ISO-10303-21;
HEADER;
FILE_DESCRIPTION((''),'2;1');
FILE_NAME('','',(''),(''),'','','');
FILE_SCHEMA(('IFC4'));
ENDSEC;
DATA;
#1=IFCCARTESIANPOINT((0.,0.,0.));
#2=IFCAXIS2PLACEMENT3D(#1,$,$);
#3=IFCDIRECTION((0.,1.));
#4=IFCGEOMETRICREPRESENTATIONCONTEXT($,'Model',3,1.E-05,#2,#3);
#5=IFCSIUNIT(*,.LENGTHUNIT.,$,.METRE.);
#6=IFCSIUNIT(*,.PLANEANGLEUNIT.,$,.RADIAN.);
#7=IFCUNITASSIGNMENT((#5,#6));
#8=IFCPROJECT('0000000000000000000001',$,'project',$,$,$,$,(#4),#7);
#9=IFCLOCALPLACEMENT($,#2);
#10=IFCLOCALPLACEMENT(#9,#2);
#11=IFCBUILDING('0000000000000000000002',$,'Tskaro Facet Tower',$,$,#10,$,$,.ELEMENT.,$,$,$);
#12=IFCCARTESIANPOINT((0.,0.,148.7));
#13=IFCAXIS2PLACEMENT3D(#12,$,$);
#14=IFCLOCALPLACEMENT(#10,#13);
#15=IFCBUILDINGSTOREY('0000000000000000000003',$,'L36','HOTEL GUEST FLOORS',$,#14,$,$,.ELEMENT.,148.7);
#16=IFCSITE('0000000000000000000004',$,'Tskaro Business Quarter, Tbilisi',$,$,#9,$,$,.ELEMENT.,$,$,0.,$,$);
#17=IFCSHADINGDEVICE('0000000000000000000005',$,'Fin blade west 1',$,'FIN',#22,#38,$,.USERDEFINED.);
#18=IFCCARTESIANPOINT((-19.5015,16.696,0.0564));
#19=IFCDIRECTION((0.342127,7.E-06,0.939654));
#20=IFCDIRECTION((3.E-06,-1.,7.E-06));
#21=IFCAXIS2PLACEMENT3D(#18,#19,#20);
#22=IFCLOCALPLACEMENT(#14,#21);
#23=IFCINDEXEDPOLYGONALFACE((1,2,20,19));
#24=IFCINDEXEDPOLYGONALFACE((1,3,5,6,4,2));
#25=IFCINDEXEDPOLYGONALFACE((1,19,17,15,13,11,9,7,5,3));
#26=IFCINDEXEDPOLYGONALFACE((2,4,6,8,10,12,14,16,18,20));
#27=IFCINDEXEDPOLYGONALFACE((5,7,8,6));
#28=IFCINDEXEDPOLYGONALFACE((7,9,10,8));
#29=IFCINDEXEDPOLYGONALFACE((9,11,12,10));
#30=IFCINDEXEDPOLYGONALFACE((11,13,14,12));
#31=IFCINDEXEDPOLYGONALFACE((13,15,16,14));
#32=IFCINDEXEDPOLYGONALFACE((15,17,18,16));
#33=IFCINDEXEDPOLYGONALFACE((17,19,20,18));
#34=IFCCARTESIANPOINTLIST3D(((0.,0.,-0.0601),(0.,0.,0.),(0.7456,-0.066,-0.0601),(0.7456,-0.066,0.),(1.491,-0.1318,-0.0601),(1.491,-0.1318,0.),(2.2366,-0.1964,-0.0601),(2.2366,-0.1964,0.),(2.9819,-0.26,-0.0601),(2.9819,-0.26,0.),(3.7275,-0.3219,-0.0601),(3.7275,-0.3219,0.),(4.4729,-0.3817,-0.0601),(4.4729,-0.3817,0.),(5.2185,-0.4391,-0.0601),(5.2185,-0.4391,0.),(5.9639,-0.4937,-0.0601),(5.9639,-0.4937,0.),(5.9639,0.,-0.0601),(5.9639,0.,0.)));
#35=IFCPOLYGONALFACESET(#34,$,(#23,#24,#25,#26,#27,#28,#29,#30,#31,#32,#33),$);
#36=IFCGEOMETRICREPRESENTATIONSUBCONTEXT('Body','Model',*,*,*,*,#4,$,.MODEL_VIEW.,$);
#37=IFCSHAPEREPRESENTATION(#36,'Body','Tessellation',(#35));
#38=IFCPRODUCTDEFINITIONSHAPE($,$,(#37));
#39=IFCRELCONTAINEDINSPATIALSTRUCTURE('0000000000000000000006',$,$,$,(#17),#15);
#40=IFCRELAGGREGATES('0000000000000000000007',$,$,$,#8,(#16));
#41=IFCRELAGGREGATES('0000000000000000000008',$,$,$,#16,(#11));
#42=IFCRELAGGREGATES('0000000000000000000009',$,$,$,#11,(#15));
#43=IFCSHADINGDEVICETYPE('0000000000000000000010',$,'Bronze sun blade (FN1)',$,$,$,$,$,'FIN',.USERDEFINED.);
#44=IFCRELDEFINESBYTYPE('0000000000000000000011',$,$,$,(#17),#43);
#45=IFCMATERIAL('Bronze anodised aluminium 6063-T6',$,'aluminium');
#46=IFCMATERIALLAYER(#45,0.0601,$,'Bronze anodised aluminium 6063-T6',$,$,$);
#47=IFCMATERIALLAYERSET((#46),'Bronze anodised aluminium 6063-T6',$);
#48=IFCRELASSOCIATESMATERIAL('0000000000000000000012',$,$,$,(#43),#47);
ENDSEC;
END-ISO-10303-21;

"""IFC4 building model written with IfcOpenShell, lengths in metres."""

from ifc_helpers import new_model, si_unit, direction, frame, origin, place, context, subcontext, project, spatial, polyline, outline, extrude, material, layer, layer_set, type_object, element, save


model = new_model("IFC4")

# Units and contexts
model_context = context("Model", 3, precision=1e-05, world=origin(), true_north=direction((0.0, 1.0)))
body_context = subcontext(model_context, "Body", "Model", "MODEL_VIEW")
ifc_project = project(units=[si_unit("LENGTHUNIT", "METRE"), si_unit("PLANEANGLEUNIT", "RADIAN")], contexts=[model_context])

# Site, building, storey
site_placement = place(None, origin())
site = spatial("IfcSite", under=ifc_project, at=site_placement, Name="Tskaro Business Quarter, Tbilisi", CompositionType="ELEMENT", RefElevation=0.0)
building_placement = place(site_placement, origin())
building = spatial("IfcBuilding", under=site, at=building_placement, Name="Tskaro Facet Tower", CompositionType="ELEMENT")
storey_placement = place(building_placement, frame((0.0, 0.0, 148.7)))
storey = spatial("IfcBuildingStorey", under=building, at=storey_placement, Name="L36", Description="HOTEL GUEST FLOORS", CompositionType="ELEMENT", Elevation=148.7)

# Shared definitions
ifc_material_1 = material(Name="Bronze anodised aluminium 6063-T6", Category="aluminium")

# Shading device
ifc_layer_1 = layer(ifc_material_1, 0.0601, Name="Bronze anodised aluminium 6063-T6")
ifc_layer_set_1 = layer_set([ifc_layer_1], Name="Bronze anodised aluminium 6063-T6")
shading_device_type = type_object("IfcShadingDeviceType", Name="Bronze sun blade (FN1)", ElementType="FIN", PredefinedType="USERDEFINED", material=ifc_layer_set_1)
shading_device_1_placement = place(storey_placement, frame((-19.5015, 16.696, 0.0564), z_axis=(0.342127, 0.000007, 0.939654), x_axis=(0.000003, -1.0, 0.000007)))
element("IfcShadingDevice", 1, at=shading_device_1_placement, inside=storey, type_object=shading_device_type, Name="Fin blade west 1", ObjectType="FIN", PredefinedType="USERDEFINED", context=body_context, shape_type="SweptSolid", body=[
    extrude(outline(polyline([(0.0, 0.0), (5.9639, 0.0), (5.9639, -0.4937), (5.2185, -0.4391), (4.4729, -0.3817), (3.7275, -0.3219), (2.9819, -0.26), (2.2366, -0.1964), (1.491, -0.1318), (0.7456, -0.066), (0.0, 0.0)])), origin(), (0.0, 0.0, -1.0), 0.0601),
])

save(model, "model.ifc")
